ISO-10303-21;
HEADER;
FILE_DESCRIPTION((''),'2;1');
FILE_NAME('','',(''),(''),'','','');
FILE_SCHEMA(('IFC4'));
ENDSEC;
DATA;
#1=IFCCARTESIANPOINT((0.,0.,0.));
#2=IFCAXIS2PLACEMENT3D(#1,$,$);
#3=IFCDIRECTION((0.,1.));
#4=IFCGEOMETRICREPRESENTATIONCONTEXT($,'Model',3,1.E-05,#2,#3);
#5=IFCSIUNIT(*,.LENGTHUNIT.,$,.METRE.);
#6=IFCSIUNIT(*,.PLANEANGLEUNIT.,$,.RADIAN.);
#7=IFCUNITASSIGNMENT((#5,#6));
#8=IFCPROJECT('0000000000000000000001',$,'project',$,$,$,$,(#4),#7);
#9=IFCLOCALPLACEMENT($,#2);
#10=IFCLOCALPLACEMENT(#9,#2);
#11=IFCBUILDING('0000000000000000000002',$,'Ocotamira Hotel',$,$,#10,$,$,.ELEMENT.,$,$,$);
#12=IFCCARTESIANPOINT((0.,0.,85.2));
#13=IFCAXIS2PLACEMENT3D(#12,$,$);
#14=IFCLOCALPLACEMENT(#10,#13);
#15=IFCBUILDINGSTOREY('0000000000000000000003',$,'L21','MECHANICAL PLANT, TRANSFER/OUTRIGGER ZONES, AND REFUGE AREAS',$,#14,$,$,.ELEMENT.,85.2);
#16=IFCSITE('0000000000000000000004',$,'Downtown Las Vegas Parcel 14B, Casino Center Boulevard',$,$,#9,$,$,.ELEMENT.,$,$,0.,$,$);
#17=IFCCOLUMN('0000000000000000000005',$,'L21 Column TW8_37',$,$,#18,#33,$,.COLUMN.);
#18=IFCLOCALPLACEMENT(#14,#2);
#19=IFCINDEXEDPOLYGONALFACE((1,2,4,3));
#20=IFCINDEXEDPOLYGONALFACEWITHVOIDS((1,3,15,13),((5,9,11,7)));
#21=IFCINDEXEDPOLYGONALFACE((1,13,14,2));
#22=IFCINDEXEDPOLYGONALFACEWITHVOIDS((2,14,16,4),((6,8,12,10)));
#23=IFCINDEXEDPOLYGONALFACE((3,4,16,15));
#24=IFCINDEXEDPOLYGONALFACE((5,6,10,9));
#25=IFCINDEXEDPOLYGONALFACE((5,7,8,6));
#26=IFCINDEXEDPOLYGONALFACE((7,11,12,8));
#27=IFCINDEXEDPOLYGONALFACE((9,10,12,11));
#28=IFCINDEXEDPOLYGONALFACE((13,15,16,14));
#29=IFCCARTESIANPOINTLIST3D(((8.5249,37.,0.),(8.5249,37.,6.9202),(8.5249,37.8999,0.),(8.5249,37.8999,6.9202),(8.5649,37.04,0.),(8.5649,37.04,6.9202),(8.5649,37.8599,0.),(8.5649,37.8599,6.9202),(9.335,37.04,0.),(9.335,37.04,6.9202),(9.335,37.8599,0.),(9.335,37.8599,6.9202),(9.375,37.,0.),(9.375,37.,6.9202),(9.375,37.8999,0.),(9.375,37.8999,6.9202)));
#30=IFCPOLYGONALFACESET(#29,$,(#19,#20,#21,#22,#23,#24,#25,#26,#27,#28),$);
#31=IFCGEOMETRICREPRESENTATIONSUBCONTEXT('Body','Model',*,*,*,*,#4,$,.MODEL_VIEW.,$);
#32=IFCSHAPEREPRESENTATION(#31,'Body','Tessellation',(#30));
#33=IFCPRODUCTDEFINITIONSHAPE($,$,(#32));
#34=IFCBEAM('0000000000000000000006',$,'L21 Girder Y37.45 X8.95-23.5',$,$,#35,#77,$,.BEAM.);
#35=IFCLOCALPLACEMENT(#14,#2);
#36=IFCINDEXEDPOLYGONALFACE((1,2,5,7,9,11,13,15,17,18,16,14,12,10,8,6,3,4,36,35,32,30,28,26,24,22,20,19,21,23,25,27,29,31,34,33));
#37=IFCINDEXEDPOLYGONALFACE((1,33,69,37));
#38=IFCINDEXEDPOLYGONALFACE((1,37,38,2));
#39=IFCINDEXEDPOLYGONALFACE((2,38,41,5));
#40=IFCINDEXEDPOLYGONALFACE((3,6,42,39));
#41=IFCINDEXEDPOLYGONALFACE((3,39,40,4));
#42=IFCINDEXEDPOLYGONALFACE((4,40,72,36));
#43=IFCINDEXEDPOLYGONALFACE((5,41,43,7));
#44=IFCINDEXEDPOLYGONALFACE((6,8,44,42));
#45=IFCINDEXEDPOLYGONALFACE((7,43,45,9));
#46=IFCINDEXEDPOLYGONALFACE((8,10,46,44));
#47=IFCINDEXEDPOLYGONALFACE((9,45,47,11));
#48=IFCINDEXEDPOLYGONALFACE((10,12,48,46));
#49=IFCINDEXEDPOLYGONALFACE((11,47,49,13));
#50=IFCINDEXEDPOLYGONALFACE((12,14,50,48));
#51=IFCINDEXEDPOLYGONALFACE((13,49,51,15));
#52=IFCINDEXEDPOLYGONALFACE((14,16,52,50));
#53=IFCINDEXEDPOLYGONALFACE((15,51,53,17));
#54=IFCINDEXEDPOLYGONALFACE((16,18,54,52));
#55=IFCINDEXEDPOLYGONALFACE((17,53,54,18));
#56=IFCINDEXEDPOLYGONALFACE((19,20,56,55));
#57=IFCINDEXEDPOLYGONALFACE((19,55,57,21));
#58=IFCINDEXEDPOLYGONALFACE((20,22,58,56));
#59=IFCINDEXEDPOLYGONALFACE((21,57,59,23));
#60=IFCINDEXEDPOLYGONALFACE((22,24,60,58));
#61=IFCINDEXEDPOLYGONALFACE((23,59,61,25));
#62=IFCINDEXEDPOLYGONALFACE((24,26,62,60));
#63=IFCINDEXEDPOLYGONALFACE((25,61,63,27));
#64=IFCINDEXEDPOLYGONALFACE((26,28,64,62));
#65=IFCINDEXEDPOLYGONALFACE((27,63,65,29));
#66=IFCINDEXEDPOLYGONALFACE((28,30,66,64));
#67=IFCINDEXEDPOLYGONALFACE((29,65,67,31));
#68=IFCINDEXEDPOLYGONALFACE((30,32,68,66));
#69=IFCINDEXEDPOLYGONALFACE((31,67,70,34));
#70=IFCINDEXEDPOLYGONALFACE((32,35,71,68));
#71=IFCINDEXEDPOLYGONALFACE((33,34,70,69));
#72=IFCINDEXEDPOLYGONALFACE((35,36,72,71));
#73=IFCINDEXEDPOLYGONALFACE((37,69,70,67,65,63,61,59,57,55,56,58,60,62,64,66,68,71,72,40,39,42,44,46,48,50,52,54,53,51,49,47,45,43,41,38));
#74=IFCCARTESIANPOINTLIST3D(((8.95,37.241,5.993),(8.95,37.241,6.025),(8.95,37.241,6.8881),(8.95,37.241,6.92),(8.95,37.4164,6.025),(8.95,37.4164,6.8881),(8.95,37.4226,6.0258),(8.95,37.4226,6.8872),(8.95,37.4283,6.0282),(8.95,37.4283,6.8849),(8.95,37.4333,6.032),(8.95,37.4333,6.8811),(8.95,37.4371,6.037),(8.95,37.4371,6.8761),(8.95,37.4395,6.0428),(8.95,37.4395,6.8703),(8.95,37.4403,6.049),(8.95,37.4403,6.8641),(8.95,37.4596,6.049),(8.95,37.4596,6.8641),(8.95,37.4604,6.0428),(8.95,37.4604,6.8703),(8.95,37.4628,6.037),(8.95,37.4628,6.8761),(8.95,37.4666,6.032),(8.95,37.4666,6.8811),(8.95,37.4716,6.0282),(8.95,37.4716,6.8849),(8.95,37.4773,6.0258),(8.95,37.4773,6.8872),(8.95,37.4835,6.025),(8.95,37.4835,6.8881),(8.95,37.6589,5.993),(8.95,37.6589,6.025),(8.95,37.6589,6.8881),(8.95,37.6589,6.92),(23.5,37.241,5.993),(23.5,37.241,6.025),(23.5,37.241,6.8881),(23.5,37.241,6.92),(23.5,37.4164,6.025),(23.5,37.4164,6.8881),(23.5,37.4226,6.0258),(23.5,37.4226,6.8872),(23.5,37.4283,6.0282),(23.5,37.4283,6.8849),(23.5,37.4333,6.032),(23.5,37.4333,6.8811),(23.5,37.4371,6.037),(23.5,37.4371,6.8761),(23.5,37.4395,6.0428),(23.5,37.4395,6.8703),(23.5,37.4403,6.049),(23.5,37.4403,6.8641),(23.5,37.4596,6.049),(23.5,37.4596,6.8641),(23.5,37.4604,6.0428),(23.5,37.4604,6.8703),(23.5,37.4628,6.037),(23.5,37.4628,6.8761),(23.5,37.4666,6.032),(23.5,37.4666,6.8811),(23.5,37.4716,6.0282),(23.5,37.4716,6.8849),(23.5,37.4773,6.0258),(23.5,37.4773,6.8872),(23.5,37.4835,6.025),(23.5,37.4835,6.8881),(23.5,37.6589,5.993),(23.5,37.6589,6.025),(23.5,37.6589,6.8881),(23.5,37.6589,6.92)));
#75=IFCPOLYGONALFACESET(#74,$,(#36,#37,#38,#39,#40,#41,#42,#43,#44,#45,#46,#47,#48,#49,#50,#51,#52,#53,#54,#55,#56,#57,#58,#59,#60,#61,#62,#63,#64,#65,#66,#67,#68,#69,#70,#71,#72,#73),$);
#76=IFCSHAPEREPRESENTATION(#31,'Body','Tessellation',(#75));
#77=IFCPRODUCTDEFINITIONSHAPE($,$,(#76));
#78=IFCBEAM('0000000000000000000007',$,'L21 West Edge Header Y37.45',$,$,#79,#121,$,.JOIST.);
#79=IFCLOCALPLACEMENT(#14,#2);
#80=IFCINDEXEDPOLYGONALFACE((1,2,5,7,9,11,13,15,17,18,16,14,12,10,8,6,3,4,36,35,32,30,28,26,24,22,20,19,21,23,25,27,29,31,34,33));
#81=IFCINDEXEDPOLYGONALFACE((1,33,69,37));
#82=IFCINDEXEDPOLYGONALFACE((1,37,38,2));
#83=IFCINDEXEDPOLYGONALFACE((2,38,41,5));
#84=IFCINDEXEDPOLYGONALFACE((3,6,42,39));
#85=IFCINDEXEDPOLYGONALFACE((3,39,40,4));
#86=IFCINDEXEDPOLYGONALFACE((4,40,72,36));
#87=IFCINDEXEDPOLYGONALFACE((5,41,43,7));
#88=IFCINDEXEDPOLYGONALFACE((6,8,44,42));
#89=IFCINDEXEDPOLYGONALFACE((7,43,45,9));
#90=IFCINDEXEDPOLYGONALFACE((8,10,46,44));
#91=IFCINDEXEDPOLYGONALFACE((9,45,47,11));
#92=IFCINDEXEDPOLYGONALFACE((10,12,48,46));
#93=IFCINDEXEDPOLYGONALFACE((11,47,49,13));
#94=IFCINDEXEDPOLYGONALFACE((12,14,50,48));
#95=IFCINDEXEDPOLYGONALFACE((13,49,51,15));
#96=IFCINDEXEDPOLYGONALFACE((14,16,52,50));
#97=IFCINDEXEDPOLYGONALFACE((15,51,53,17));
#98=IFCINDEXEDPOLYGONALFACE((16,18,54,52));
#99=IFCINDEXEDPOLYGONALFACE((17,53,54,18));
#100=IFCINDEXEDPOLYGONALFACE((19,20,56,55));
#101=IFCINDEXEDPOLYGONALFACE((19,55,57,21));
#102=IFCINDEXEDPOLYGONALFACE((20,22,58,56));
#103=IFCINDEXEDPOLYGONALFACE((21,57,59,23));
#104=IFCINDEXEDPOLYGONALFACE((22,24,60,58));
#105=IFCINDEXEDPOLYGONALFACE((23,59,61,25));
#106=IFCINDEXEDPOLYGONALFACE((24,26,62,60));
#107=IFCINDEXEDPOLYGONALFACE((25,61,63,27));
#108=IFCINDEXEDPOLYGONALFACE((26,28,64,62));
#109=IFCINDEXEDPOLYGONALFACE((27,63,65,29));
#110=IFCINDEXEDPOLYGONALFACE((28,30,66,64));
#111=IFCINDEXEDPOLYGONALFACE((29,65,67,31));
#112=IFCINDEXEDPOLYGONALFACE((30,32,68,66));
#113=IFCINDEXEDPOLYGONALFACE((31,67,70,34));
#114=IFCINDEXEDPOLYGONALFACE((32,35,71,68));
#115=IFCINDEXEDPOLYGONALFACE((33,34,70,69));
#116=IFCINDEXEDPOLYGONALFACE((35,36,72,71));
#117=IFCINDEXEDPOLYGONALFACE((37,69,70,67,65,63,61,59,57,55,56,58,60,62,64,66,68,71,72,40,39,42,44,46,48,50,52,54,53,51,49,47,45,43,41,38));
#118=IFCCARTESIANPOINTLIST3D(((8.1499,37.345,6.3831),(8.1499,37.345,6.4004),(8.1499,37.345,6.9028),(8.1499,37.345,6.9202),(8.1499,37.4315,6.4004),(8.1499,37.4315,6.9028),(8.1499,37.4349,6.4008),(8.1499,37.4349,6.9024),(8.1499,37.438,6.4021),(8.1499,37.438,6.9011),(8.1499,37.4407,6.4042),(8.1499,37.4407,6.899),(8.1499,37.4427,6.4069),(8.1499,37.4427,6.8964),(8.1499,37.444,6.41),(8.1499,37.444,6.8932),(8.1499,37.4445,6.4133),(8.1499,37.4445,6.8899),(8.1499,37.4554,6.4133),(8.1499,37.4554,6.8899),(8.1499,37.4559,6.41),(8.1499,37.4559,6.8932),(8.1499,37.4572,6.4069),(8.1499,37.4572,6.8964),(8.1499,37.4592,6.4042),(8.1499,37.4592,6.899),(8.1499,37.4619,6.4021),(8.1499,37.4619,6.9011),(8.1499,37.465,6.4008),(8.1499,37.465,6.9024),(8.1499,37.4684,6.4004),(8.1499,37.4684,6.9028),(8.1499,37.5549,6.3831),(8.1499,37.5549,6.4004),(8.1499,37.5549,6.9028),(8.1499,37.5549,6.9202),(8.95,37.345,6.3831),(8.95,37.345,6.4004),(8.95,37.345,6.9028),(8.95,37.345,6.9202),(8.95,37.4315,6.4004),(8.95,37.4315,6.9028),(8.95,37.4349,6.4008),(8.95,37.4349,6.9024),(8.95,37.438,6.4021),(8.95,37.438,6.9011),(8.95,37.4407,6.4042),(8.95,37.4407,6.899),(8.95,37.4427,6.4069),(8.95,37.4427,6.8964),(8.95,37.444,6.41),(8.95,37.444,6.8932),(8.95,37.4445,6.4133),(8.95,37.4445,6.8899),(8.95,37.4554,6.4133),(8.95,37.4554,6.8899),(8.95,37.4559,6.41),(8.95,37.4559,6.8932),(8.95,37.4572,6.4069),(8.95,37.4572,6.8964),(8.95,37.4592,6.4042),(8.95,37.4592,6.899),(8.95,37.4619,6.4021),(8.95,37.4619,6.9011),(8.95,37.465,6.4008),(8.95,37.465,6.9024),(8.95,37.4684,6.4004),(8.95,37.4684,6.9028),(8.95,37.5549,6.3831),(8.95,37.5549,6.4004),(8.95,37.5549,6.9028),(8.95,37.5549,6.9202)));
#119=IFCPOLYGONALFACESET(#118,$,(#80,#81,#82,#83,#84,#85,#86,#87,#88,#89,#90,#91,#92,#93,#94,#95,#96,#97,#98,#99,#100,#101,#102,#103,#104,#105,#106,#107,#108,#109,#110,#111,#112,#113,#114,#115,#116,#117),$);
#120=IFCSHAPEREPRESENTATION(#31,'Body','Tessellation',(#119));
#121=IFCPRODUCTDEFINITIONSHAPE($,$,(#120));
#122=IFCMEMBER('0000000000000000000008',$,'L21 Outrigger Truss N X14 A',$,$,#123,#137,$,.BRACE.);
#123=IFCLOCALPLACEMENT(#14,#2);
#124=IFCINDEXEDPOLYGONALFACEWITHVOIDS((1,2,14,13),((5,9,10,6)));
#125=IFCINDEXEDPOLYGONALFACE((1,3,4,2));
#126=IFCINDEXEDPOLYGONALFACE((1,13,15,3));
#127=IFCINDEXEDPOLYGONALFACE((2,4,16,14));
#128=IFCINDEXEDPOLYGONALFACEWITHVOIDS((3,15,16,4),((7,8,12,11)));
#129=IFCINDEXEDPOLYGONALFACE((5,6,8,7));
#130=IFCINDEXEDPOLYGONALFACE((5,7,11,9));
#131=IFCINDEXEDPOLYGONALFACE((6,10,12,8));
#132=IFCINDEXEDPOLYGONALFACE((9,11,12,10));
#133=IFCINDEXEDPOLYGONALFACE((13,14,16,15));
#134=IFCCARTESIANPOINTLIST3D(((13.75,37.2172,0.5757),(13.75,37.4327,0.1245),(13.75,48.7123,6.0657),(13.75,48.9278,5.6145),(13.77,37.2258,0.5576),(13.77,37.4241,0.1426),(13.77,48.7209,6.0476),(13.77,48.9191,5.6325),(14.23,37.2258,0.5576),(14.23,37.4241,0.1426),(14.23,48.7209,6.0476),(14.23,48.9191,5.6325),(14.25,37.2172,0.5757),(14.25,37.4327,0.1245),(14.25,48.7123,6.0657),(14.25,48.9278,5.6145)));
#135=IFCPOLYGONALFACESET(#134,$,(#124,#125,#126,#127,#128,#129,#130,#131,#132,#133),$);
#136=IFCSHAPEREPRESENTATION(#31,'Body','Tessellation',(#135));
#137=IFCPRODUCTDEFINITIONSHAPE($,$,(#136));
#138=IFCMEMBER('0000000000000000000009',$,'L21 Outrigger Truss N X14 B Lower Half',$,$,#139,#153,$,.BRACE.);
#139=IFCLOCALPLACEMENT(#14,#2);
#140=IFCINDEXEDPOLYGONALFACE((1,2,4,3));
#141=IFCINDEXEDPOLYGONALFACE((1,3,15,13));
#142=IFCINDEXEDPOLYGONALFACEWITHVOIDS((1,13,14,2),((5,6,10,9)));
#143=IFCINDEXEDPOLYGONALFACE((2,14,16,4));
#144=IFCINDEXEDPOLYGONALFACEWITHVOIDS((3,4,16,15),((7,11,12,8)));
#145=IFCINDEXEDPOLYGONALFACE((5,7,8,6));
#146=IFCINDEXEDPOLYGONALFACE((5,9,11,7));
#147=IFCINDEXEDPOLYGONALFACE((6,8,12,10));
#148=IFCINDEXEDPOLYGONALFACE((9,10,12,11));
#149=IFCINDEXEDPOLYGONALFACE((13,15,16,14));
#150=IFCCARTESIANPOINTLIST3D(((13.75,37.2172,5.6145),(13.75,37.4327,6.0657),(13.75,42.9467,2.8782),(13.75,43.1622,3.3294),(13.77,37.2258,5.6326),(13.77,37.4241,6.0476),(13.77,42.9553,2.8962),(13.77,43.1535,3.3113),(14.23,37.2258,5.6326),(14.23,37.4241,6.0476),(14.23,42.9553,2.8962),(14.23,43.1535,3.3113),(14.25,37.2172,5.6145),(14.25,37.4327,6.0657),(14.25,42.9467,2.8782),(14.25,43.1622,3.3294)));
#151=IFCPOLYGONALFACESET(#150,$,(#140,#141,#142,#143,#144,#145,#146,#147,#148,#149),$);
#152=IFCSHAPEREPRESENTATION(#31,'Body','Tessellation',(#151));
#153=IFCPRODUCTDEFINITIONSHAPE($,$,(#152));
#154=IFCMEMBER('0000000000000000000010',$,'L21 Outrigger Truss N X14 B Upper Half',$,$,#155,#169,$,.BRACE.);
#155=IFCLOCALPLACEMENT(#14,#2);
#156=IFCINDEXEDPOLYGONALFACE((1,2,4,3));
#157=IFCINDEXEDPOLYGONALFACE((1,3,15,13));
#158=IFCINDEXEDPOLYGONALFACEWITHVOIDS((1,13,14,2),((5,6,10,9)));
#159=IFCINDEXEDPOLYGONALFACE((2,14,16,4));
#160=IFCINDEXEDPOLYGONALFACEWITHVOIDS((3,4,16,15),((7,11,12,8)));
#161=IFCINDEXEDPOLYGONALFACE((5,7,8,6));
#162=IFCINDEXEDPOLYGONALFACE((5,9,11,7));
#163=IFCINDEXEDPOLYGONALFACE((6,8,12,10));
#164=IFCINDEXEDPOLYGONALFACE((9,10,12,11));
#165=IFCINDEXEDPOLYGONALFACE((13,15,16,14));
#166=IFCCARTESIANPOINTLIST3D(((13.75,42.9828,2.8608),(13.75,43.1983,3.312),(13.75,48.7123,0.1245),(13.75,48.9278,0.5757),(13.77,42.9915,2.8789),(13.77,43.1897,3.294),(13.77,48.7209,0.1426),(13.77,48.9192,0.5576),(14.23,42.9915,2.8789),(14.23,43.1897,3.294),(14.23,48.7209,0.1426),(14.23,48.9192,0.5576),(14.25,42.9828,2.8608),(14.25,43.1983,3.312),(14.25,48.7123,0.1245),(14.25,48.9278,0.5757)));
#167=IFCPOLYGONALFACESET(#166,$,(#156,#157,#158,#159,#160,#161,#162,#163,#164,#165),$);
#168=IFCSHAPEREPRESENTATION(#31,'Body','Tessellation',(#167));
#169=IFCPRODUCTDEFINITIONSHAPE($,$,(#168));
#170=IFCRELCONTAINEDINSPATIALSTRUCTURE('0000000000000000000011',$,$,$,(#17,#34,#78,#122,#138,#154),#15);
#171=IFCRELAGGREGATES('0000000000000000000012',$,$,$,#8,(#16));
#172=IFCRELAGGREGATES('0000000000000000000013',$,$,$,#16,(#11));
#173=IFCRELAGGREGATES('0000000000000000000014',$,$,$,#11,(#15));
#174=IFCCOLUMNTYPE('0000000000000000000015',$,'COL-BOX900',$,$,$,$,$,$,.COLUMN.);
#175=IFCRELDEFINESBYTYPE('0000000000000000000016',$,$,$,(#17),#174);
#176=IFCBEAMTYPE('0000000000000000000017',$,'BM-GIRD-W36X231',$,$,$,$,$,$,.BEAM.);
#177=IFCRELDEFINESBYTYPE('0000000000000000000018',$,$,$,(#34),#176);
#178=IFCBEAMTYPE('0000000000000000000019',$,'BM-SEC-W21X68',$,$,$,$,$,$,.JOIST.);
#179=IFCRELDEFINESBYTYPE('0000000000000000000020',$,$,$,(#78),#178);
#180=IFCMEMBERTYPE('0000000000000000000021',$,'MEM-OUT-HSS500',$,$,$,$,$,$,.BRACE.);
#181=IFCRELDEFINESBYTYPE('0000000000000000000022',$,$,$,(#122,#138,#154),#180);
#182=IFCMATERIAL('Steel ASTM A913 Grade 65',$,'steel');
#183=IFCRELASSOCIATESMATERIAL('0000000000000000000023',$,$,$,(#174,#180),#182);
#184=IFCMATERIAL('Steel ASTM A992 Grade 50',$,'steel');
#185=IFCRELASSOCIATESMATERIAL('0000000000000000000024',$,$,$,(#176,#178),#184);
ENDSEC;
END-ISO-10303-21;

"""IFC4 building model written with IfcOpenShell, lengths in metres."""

from ifc_helpers import new_model, si_unit, direction, frame, origin, origin_2d, place, context, subcontext, project, spatial, hollow_rectangle, i_section, extrude, source, transform, mapped, material, material_profile, profile_set, type_object, element, save


model = new_model("IFC4")

# Units and contexts
model_context = context("Model", 3, precision=1e-05, world=origin(), true_north=direction((0.0, 1.0)))
body_context = subcontext(model_context, "Body", "Model", "MODEL_VIEW")
ifc_project = project(units=[si_unit("LENGTHUNIT", "METRE"), si_unit("PLANEANGLEUNIT", "RADIAN")], contexts=[model_context])

# Site, building, storey
site_placement = place(None, origin())
site = spatial("IfcSite", under=ifc_project, at=site_placement, Name="Downtown Las Vegas Parcel 14B, Casino Center Boulevard", CompositionType="ELEMENT", RefElevation=0.0)
building_placement = place(site_placement, origin())
building = spatial("IfcBuilding", under=site, at=building_placement, Name="Ocotamira Hotel", CompositionType="ELEMENT")
storey_placement = place(building_placement, frame((0.0, 0.0, 85.2)))
storey = spatial("IfcBuildingStorey", under=building, at=storey_placement, Name="L21", Description="MECHANICAL PLANT, TRANSFER/OUTRIGGER ZONES, AND REFUGE AREAS", CompositionType="ELEMENT", Elevation=85.2)

# Column
ifc_material_1 = material(Name="Steel ASTM A913 Grade 65", Category="steel")
ifc_material_profile_1 = material_profile(ifc_material_1, hollow_rectangle(XDim=0.8501, YDim=0.8999, WallThickness=0.04, at=origin_2d()), Name="BOX900X850X40")
ifc_profile_set_1 = profile_set([ifc_material_profile_1], Name="Steel ASTM A913 Grade 65")
column_type = type_object("IfcColumnType", Name="COL-BOX900", PredefinedType="COLUMN", material=ifc_profile_set_1)
shared_shape_1 = source(origin(), body_context, "Body", "SweptSolid", [
    extrude(hollow_rectangle(XDim=0.8501, YDim=0.8999, WallThickness=0.04, at=origin_2d()), origin(), (0.0, 0.0, 1.0), 6.9202),
])
column_placement = place(storey_placement, frame((8.95, 37.45, 0.0), z_axis=(0.0, 0.0, 1.0), x_axis=(1.0, 0.0, 0.0)))
element("IfcColumn", 1, at=column_placement, inside=storey, type_object=column_type, Name="L21 Column TW8_37", PredefinedType="COLUMN", context=body_context, shape_type="MappedRepresentation", body=[
    mapped(shared_shape_1, transform((0.0, 0.0, 0.0), scale=1.0)),
])

# Beams
ifc_material_2 = material(Name="Steel ASTM A992 Grade 50", Category="steel")
ifc_material_profile_2 = material_profile(ifc_material_2, i_section(OverallWidth=0.418, OverallDepth=0.927, WebThickness=0.0193, FlangeThickness=0.032, FilletRadius=0.0239, at=origin_2d()), Name="W36X231")
ifc_profile_set_2 = profile_set([ifc_material_profile_2], Name="Steel ASTM A992 Grade 50")
beam_type_1 = type_object("IfcBeamType", Name="BM-GIRD-W36X231", PredefinedType="BEAM", material=ifc_profile_set_2)
shared_shape_2 = source(origin(), body_context, "Body", "SweptSolid", [
    extrude(i_section(OverallWidth=0.418, OverallDepth=0.927, WebThickness=0.0193, FlangeThickness=0.032, FilletRadius=0.0239, at=origin_2d()), origin(), (0.0, 0.0, 1.0), 14.55),
])
beam_1_placement = place(storey_placement, frame((8.95, 37.45, 6.4565), z_axis=(1.0, 0.0, 0.0), x_axis=(0.0, 1.0, 0.0)))
element("IfcBeam", 2, at=beam_1_placement, inside=storey, type_object=beam_type_1, Name="L21 Girder Y37.45 X8.95-23.5", PredefinedType="BEAM", context=body_context, shape_type="MappedRepresentation", body=[
    mapped(shared_shape_2, transform((0.0, 0.0, 0.0), scale=1.0)),
])
ifc_material_profile_3 = material_profile(ifc_material_2, i_section(OverallWidth=0.21, OverallDepth=0.5371, WebThickness=0.011, FlangeThickness=0.0173, FilletRadius=0.0129, at=origin_2d()), Name="W21X68")
ifc_profile_set_3 = profile_set([ifc_material_profile_3], Name="Steel ASTM A992 Grade 50")
beam_type_2 = type_object("IfcBeamType", Name="BM-SEC-W21X68", PredefinedType="JOIST", material=ifc_profile_set_3)
shared_shape_3 = source(origin(), body_context, "Body", "SweptSolid", [
    extrude(i_section(OverallWidth=0.21, OverallDepth=0.5371, WebThickness=0.011, FlangeThickness=0.0173, FilletRadius=0.0129, at=origin_2d()), origin(), (0.0, 0.0, 1.0), 0.8),
])
beam_2_placement = place(storey_placement, frame((8.95, 37.45, 6.6516), z_axis=(-1.0, 0.0, 0.0), x_axis=(0.0, -1.0, 0.0)))
element("IfcBeam", 3, at=beam_2_placement, inside=storey, type_object=beam_type_2, Name="L21 West Edge Header Y37.45", PredefinedType="JOIST", context=body_context, shape_type="MappedRepresentation", body=[
    mapped(shared_shape_3, transform((0.0, 0.0, 0.0), scale=1.0)),
])

# Members
ifc_material_profile_4 = material_profile(ifc_material_1, hollow_rectangle(XDim=0.5, YDim=0.5, WallThickness=0.02, at=origin_2d()), Name="HSS500X500X20")
ifc_profile_set_4 = profile_set([ifc_material_profile_4], Name="Steel ASTM A913 Grade 65")
member_type_1 = type_object("IfcMemberType", Name="MEM-OUT-HSS500", PredefinedType="BRACE", material=ifc_profile_set_4)
shared_shape_4 = source(origin(), body_context, "Body", "SweptSolid", [
    extrude(hollow_rectangle(XDim=0.5, YDim=0.5, WallThickness=0.02, at=origin_2d()), origin(), (0.0, 0.0, 1.0), 12.7388),
])
member_1_placement = place(storey_placement, frame((14.0, 37.325, 0.3501), z_axis=(0.0, 0.902369, 0.430965), x_axis=(-1.0, 0.0, 0.0)))
element("IfcMember", 4, at=member_1_placement, inside=storey, type_object=member_type_1, Name="L21 Outrigger Truss N X14 A", PredefinedType="BRACE", context=body_context, shape_type="MappedRepresentation", body=[
    mapped(shared_shape_4, transform((0.0, 0.0, 0.0), scale=1.0)),
])
shared_shape_5 = source(origin(), body_context, "Body", "SweptSolid", [
    extrude(hollow_rectangle(XDim=0.5, YDim=0.5, WallThickness=0.02, at=origin_2d()), origin(), (0.0, 0.0, 1.0), 6.3494),
])
for number, where, z_axis, x_axis, name in (
    (5, (14.0, 37.325, 5.8401), (0.0, 0.902371, -0.43096), (-1.0, 0.0, 0.0), "L21 Outrigger Truss N X14 B Lower Half"),
    (6, (14.0, 43.0906, 3.0864), (0.0, 0.902371, -0.43096), (-1.0, 0.0, 0.0), "L21 Outrigger Truss N X14 B Upper Half"),
):
    element("IfcMember", number, at=place(storey_placement, frame(where, z_axis=z_axis, x_axis=x_axis)), inside=storey, type_object=member_type_1, Name=name, PredefinedType="BRACE", context=body_context, shape_type="MappedRepresentation", body=[
        mapped(shared_shape_5, transform((0.0, 0.0, 0.0), scale=1.0)),
    ])

save(model, "model.ifc")
